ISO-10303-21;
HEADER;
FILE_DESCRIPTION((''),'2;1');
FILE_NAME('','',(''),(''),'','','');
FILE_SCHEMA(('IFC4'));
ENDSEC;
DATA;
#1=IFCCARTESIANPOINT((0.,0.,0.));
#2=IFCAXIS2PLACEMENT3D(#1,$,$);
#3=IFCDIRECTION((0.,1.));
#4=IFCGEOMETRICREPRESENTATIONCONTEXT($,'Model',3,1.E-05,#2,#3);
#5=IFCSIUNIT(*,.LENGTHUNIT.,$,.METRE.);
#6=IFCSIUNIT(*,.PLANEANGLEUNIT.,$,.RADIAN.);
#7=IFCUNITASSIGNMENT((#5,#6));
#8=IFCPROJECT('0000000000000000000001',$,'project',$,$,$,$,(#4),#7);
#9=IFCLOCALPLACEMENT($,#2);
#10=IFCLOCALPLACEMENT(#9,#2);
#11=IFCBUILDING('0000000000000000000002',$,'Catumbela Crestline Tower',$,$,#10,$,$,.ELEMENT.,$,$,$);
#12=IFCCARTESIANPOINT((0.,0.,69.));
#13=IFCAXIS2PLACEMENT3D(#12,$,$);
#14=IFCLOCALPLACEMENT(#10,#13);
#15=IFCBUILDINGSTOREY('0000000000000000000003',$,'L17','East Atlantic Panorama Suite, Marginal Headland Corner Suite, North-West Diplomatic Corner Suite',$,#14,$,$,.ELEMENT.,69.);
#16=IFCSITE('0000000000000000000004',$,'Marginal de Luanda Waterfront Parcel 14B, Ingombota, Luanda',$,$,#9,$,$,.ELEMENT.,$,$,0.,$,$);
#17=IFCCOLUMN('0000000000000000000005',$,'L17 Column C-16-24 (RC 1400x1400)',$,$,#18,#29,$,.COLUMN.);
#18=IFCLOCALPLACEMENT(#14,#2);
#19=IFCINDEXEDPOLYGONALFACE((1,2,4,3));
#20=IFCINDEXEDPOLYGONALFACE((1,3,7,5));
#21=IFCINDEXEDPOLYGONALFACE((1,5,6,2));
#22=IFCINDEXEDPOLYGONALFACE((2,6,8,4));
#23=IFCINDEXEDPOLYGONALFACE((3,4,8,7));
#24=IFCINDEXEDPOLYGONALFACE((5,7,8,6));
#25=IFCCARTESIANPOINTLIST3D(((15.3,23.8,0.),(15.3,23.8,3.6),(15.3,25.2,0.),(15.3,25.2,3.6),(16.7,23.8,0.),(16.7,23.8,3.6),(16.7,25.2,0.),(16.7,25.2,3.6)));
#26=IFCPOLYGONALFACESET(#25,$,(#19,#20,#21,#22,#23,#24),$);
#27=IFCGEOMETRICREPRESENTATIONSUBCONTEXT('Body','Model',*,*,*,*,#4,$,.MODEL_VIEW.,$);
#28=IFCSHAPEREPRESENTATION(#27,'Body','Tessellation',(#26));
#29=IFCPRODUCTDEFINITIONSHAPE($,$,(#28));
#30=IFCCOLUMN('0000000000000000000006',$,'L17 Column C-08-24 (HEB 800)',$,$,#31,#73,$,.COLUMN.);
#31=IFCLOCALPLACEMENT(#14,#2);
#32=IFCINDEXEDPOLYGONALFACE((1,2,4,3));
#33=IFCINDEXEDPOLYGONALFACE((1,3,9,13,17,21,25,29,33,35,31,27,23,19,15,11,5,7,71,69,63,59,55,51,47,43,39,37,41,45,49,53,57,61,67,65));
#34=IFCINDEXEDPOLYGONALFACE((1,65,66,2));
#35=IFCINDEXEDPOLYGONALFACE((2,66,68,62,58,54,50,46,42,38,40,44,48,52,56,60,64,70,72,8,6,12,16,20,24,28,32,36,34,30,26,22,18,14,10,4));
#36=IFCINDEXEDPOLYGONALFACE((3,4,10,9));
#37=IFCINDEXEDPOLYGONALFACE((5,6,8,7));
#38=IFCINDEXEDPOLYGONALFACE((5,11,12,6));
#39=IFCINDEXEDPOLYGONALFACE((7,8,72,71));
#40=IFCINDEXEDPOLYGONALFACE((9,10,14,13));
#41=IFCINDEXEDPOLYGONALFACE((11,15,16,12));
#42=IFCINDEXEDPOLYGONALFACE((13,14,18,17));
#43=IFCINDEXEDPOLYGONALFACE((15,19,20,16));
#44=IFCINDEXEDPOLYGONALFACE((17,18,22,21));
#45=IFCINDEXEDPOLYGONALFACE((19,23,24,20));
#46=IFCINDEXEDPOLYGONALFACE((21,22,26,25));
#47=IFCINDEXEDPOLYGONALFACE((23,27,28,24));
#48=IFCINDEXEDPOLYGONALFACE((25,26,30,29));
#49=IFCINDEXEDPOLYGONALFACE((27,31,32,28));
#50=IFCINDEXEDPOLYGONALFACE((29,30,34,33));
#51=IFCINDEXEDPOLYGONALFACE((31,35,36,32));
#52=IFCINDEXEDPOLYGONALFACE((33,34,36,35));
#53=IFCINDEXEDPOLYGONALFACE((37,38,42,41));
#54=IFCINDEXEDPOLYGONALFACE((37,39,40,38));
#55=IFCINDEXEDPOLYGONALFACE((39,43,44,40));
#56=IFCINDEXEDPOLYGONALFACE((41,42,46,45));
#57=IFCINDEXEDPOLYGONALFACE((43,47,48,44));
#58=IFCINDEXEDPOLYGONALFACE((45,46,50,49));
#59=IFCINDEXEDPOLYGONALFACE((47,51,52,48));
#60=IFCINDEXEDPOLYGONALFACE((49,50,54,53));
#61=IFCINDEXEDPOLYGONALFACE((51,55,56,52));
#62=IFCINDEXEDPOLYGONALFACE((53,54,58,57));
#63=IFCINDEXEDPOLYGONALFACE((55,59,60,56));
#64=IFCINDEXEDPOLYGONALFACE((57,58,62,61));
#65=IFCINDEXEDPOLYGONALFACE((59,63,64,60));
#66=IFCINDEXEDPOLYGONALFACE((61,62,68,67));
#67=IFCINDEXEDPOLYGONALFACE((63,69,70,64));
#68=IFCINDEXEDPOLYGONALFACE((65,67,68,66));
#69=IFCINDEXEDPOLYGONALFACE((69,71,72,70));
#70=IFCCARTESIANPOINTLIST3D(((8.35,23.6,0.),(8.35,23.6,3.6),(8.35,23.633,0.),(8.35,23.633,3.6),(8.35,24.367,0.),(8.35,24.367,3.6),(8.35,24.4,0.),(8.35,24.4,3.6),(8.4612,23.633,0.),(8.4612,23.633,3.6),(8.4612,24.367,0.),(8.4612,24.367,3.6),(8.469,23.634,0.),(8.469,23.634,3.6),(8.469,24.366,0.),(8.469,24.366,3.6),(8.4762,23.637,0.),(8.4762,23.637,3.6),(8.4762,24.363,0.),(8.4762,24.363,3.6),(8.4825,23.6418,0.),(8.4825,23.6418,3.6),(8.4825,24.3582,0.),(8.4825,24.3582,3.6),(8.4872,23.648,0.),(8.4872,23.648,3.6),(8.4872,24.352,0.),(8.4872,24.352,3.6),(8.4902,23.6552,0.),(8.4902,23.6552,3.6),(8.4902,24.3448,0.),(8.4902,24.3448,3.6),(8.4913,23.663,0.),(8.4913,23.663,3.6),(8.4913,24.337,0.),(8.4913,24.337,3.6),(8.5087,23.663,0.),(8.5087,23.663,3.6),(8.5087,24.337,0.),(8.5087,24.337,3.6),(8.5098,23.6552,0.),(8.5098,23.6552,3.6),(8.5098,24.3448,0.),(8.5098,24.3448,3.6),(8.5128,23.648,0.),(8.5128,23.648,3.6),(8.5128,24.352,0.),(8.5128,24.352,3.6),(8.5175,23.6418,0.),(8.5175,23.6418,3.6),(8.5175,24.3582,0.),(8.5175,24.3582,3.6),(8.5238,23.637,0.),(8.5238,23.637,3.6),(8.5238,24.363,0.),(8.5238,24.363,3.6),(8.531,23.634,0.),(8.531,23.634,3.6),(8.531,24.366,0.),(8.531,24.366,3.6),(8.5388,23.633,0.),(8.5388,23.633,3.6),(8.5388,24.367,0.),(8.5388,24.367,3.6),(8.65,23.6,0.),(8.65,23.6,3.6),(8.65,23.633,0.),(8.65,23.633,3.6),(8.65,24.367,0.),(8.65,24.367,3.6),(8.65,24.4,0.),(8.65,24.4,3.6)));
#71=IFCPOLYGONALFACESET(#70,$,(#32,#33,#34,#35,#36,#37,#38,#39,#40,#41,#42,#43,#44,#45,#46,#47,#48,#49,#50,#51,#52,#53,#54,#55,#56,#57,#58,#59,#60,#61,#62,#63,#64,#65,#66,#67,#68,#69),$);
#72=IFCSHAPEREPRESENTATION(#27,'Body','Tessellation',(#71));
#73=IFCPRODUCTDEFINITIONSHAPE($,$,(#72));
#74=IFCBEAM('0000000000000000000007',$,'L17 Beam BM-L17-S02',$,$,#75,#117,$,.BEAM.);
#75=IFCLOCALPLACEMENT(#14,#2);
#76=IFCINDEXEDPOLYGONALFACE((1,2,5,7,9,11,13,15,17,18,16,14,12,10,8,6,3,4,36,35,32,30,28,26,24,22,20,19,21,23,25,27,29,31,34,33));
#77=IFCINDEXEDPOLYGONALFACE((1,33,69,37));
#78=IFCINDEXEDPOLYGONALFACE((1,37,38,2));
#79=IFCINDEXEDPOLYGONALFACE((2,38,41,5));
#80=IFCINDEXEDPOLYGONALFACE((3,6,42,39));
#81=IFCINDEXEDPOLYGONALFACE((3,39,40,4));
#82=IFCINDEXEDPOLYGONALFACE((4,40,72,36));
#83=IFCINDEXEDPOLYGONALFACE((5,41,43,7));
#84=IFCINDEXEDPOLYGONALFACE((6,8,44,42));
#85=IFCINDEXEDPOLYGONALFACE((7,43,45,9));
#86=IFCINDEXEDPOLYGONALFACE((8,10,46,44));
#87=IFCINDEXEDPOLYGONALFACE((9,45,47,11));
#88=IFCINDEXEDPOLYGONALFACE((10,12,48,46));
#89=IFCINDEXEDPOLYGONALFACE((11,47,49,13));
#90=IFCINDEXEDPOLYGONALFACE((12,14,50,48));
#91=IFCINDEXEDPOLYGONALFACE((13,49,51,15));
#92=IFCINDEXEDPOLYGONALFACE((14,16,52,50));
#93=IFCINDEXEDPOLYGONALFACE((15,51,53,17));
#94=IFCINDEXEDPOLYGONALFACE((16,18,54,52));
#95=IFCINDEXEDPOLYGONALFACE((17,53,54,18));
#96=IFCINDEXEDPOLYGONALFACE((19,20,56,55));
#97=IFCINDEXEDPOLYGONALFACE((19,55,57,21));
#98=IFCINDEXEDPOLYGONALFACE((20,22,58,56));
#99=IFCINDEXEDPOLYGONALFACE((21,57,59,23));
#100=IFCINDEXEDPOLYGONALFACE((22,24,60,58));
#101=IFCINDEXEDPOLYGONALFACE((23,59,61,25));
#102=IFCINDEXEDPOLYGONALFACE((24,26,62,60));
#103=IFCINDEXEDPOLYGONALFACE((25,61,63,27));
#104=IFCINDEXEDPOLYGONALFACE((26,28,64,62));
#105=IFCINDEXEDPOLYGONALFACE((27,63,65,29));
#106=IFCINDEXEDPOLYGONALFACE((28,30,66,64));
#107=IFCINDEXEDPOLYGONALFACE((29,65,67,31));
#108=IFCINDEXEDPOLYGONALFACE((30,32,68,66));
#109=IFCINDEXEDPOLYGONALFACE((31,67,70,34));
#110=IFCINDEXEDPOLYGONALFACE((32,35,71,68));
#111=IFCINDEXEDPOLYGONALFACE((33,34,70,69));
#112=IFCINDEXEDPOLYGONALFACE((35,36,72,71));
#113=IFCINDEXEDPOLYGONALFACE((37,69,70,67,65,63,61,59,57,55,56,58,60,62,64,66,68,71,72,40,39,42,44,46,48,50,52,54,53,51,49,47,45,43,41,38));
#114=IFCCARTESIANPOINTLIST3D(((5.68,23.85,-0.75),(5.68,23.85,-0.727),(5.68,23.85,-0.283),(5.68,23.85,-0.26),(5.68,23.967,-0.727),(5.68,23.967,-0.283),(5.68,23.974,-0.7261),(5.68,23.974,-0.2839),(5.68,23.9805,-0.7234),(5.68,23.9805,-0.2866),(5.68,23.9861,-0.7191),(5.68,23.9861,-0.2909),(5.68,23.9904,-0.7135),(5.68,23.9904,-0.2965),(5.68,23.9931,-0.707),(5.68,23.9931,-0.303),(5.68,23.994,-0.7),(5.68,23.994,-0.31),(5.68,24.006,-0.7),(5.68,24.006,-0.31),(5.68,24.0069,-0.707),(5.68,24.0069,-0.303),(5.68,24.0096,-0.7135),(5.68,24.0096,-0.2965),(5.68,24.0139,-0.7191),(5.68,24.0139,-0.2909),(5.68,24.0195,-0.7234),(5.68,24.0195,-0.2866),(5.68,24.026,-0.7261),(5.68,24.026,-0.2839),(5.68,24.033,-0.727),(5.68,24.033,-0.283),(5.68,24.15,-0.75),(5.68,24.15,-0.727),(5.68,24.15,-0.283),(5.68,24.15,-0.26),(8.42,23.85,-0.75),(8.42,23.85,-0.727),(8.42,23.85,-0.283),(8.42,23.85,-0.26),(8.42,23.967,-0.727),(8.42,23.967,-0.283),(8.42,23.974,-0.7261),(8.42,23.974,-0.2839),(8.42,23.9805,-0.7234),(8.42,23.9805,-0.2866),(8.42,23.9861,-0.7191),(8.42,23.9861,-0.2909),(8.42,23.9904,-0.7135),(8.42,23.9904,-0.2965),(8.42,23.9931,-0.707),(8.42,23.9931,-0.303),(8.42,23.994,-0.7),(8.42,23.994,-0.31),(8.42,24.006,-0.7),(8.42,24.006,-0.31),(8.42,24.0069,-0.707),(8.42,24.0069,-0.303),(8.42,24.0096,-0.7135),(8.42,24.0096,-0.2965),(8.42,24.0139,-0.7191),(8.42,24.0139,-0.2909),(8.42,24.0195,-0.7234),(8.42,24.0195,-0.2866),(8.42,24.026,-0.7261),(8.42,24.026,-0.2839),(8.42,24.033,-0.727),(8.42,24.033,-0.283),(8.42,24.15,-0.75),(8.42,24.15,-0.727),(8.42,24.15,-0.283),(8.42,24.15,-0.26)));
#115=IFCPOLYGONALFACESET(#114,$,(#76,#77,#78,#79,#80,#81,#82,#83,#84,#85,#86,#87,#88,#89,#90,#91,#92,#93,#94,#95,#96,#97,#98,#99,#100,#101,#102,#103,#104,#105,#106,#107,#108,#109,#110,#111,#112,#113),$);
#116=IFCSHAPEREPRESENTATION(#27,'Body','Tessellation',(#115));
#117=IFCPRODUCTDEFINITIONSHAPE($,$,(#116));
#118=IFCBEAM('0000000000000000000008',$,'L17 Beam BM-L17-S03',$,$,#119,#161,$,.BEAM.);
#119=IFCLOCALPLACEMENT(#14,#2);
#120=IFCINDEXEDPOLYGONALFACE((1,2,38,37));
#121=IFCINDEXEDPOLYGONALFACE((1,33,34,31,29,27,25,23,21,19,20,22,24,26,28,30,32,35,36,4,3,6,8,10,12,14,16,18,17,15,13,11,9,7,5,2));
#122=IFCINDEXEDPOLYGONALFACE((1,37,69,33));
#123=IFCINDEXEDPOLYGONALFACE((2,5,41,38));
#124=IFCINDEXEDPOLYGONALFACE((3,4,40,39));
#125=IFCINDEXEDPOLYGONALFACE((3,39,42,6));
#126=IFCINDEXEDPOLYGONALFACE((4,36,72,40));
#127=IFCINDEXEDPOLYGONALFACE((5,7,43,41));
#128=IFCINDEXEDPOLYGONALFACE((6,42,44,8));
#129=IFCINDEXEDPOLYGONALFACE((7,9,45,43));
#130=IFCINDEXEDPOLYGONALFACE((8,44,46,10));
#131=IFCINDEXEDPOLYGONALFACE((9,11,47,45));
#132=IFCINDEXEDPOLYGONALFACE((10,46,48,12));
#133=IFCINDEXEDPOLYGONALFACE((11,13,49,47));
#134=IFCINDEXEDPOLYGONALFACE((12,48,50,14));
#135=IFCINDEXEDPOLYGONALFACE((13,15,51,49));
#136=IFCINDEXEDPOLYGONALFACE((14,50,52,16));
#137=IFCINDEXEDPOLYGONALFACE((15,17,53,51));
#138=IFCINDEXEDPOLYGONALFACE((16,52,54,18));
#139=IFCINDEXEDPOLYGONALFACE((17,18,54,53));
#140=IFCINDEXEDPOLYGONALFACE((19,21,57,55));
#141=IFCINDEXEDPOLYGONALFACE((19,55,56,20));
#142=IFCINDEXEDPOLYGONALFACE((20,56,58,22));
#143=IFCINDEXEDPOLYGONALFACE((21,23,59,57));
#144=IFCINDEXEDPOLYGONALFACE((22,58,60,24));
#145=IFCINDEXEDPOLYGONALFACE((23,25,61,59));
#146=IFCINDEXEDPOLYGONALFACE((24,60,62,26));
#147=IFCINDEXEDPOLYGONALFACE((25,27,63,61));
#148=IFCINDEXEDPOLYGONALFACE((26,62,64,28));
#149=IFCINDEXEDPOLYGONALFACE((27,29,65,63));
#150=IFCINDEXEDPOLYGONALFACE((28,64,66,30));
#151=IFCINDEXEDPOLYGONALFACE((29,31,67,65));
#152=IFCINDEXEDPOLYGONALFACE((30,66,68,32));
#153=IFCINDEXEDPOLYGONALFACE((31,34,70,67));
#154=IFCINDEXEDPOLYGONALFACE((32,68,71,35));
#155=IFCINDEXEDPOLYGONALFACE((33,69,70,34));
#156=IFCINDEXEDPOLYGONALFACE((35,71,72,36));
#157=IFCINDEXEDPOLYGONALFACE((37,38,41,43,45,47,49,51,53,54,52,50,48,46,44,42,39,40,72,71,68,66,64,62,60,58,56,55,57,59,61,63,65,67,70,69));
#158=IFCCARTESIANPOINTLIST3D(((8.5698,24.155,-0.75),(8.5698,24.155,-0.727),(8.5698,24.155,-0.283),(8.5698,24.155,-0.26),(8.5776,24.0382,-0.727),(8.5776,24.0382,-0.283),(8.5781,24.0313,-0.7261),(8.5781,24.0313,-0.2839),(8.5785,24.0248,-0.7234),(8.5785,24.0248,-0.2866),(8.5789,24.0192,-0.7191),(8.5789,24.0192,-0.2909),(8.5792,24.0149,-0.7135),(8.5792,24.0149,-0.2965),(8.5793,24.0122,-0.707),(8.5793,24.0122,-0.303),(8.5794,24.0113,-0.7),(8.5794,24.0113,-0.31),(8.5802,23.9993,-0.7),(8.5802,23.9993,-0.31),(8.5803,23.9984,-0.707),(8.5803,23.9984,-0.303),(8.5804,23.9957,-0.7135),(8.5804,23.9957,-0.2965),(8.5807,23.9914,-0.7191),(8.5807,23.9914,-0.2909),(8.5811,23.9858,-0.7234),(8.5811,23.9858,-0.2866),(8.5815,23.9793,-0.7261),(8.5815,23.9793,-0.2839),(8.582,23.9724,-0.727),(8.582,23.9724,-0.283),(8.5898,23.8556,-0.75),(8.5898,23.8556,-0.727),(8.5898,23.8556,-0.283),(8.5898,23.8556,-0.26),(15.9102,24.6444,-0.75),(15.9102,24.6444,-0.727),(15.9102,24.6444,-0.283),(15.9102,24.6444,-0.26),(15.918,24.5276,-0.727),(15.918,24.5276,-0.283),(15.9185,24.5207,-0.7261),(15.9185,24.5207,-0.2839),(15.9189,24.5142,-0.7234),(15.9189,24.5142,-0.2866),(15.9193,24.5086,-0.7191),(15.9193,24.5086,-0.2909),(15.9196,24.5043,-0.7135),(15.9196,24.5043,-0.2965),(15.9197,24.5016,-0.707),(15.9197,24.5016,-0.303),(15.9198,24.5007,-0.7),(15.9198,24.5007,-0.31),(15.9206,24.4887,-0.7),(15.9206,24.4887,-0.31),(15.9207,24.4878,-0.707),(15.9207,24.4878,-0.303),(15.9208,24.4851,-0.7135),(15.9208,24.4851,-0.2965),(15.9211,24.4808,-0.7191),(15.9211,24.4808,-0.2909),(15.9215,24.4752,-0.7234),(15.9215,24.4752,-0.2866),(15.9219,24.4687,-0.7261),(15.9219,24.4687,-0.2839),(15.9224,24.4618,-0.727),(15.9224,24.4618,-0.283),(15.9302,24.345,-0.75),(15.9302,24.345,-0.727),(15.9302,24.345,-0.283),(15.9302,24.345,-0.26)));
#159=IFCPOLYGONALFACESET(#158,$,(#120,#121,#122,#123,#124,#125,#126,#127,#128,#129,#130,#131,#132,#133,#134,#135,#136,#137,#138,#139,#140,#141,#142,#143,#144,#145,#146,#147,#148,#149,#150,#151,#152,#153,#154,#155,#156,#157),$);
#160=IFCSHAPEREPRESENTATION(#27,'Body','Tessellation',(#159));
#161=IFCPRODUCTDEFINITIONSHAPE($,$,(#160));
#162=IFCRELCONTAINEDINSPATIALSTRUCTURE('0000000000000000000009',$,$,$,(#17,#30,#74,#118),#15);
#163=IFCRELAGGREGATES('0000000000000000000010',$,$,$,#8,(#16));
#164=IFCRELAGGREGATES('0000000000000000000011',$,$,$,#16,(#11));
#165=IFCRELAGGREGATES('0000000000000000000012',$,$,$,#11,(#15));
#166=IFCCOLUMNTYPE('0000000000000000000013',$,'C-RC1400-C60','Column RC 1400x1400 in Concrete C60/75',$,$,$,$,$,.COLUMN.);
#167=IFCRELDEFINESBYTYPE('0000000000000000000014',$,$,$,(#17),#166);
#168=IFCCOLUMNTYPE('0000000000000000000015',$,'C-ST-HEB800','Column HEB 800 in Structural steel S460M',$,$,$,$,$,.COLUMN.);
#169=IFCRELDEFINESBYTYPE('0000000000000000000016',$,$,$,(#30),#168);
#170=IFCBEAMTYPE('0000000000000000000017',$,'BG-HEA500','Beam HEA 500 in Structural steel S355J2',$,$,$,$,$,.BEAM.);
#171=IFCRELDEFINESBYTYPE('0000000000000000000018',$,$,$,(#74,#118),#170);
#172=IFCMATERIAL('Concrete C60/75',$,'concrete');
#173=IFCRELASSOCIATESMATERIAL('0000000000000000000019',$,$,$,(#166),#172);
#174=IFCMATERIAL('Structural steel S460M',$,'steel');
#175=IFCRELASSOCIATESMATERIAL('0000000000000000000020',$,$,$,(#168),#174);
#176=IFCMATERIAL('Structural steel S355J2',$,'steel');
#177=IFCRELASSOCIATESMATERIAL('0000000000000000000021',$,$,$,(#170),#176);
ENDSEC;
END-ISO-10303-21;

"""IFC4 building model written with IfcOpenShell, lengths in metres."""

from ifc_helpers import new_model, si_unit, direction, frame, origin, origin_2d, place, context, subcontext, project, spatial, rectangle, i_section, extrude, material, material_profile, profile_set, type_object, element, save


model = new_model("IFC4")

# Units and contexts
model_context = context("Model", 3, precision=1e-05, world=origin(), true_north=direction((0.0, 1.0)))
body_context = subcontext(model_context, "Body", "Model", "MODEL_VIEW")
ifc_project = project(units=[si_unit("LENGTHUNIT", "METRE"), si_unit("PLANEANGLEUNIT", "RADIAN")], contexts=[model_context])

# Site, building, storey
site_placement = place(None, origin())
site = spatial("IfcSite", under=ifc_project, at=site_placement, Name="Marginal de Luanda Waterfront Parcel 14B, Ingombota, Luanda", CompositionType="ELEMENT", RefElevation=0.0)
building_placement = place(site_placement, origin())
building = spatial("IfcBuilding", under=site, at=building_placement, Name="Catumbela Crestline Tower", CompositionType="ELEMENT")
storey_placement = place(building_placement, frame((0.0, 0.0, 69.0)))
storey = spatial("IfcBuildingStorey", under=building, at=storey_placement, Name="L17", Description="East Atlantic Panorama Suite, Marginal Headland Corner Suite, North-West Diplomatic Corner Suite", CompositionType="ELEMENT", Elevation=69.0)

# Columns
ifc_material_1 = material(Name="Concrete C60/75", Category="concrete")
ifc_material_profile_1 = material_profile(ifc_material_1, rectangle(XDim=1.4, YDim=1.4, at=origin_2d()), Name="RC 1400x1400")
ifc_profile_set_1 = profile_set([ifc_material_profile_1], Name="Concrete C60/75")
column_type_1 = type_object("IfcColumnType", Name="C-RC1400-C60", Description="Column RC 1400x1400 in Concrete C60/75", PredefinedType="COLUMN", material=ifc_profile_set_1)
column_1_placement = place(storey_placement, frame((16.0, 24.5, 0.0), z_axis=(0.0, 0.0, 1.0), x_axis=(1.0, 0.0, 0.0)))
element("IfcColumn", 1, at=column_1_placement, inside=storey, type_object=column_type_1, Name="L17 Column C-16-24 (RC 1400x1400)", PredefinedType="COLUMN", context=body_context, shape_type="SweptSolid", body=[
    extrude(rectangle(XDim=1.4, YDim=1.4, at=origin_2d()), origin(), (0.0, 0.0, 1.0), 3.6),
])
ifc_material_2 = material(Name="Structural steel S460M", Category="steel")
ifc_material_profile_2 = material_profile(ifc_material_2, i_section(OverallWidth=0.3, OverallDepth=0.8, WebThickness=0.0175, FlangeThickness=0.033, FilletRadius=0.03, at=origin_2d()), Name="HEB 800")
ifc_profile_set_2 = profile_set([ifc_material_profile_2], Name="Structural steel S460M")
column_type_2 = type_object("IfcColumnType", Name="C-ST-HEB800", Description="Column HEB 800 in Structural steel S460M", PredefinedType="COLUMN", material=ifc_profile_set_2)
column_2_placement = place(storey_placement, frame((8.5, 24.0, 0.0), z_axis=(0.0, 0.0, 1.0), x_axis=(1.0, 0.0, 0.0)))
element("IfcColumn", 2, at=column_2_placement, inside=storey, type_object=column_type_2, Name="L17 Column C-08-24 (HEB 800)", PredefinedType="COLUMN", context=body_context, shape_type="SweptSolid", body=[
    extrude(i_section(OverallWidth=0.3, OverallDepth=0.8, WebThickness=0.0175, FlangeThickness=0.033, FilletRadius=0.03, at=origin_2d()), origin(), (0.0, 0.0, 1.0), 3.6),
])

# Beams
ifc_material_3 = material(Name="Structural steel S355J2", Category="steel")
ifc_material_profile_3 = material_profile(ifc_material_3, i_section(OverallWidth=0.3, OverallDepth=0.49, WebThickness=0.012, FlangeThickness=0.023, FilletRadius=0.027, at=origin_2d()), Name="HEA 500")
ifc_profile_set_3 = profile_set([ifc_material_profile_3], Name="Structural steel S355J2")
beam_type = type_object("IfcBeamType", Name="BG-HEA500", Description="Beam HEA 500 in Structural steel S355J2", PredefinedType="BEAM", material=ifc_profile_set_3)
beam_1_placement = place(storey_placement, frame((5.68, 24.0, -0.505), z_axis=(1.0, 0.0, 0.0), x_axis=(0.0, 1.0, 0.0)))
element("IfcBeam", 3, at=beam_1_placement, inside=storey, type_object=beam_type, Name="L17 Beam BM-L17-S02", PredefinedType="BEAM", context=body_context, shape_type="SweptSolid", body=[
    extrude(i_section(OverallWidth=0.3, OverallDepth=0.49, WebThickness=0.012, FlangeThickness=0.023, FilletRadius=0.027, at=origin_2d()), origin(), (0.0, 0.0, 1.0), 2.74),
])
beam_2_placement = place(storey_placement, frame((8.5798, 24.0053, -0.505), z_axis=(0.997785, 0.066524, 0.0), x_axis=(-0.066524, 0.997785, 0.0)))
element("IfcBeam", 4, at=beam_2_placement, inside=storey, type_object=beam_type, Name="L17 Beam BM-L17-S03", PredefinedType="BEAM", context=body_context, shape_type="SweptSolid", body=[
    extrude(i_section(OverallWidth=0.3, OverallDepth=0.49, WebThickness=0.012, FlangeThickness=0.023, FilletRadius=0.027, at=origin_2d()), origin(), (0.0, 0.0, 1.0), 7.3567),
])

save(model, "model.ifc")
